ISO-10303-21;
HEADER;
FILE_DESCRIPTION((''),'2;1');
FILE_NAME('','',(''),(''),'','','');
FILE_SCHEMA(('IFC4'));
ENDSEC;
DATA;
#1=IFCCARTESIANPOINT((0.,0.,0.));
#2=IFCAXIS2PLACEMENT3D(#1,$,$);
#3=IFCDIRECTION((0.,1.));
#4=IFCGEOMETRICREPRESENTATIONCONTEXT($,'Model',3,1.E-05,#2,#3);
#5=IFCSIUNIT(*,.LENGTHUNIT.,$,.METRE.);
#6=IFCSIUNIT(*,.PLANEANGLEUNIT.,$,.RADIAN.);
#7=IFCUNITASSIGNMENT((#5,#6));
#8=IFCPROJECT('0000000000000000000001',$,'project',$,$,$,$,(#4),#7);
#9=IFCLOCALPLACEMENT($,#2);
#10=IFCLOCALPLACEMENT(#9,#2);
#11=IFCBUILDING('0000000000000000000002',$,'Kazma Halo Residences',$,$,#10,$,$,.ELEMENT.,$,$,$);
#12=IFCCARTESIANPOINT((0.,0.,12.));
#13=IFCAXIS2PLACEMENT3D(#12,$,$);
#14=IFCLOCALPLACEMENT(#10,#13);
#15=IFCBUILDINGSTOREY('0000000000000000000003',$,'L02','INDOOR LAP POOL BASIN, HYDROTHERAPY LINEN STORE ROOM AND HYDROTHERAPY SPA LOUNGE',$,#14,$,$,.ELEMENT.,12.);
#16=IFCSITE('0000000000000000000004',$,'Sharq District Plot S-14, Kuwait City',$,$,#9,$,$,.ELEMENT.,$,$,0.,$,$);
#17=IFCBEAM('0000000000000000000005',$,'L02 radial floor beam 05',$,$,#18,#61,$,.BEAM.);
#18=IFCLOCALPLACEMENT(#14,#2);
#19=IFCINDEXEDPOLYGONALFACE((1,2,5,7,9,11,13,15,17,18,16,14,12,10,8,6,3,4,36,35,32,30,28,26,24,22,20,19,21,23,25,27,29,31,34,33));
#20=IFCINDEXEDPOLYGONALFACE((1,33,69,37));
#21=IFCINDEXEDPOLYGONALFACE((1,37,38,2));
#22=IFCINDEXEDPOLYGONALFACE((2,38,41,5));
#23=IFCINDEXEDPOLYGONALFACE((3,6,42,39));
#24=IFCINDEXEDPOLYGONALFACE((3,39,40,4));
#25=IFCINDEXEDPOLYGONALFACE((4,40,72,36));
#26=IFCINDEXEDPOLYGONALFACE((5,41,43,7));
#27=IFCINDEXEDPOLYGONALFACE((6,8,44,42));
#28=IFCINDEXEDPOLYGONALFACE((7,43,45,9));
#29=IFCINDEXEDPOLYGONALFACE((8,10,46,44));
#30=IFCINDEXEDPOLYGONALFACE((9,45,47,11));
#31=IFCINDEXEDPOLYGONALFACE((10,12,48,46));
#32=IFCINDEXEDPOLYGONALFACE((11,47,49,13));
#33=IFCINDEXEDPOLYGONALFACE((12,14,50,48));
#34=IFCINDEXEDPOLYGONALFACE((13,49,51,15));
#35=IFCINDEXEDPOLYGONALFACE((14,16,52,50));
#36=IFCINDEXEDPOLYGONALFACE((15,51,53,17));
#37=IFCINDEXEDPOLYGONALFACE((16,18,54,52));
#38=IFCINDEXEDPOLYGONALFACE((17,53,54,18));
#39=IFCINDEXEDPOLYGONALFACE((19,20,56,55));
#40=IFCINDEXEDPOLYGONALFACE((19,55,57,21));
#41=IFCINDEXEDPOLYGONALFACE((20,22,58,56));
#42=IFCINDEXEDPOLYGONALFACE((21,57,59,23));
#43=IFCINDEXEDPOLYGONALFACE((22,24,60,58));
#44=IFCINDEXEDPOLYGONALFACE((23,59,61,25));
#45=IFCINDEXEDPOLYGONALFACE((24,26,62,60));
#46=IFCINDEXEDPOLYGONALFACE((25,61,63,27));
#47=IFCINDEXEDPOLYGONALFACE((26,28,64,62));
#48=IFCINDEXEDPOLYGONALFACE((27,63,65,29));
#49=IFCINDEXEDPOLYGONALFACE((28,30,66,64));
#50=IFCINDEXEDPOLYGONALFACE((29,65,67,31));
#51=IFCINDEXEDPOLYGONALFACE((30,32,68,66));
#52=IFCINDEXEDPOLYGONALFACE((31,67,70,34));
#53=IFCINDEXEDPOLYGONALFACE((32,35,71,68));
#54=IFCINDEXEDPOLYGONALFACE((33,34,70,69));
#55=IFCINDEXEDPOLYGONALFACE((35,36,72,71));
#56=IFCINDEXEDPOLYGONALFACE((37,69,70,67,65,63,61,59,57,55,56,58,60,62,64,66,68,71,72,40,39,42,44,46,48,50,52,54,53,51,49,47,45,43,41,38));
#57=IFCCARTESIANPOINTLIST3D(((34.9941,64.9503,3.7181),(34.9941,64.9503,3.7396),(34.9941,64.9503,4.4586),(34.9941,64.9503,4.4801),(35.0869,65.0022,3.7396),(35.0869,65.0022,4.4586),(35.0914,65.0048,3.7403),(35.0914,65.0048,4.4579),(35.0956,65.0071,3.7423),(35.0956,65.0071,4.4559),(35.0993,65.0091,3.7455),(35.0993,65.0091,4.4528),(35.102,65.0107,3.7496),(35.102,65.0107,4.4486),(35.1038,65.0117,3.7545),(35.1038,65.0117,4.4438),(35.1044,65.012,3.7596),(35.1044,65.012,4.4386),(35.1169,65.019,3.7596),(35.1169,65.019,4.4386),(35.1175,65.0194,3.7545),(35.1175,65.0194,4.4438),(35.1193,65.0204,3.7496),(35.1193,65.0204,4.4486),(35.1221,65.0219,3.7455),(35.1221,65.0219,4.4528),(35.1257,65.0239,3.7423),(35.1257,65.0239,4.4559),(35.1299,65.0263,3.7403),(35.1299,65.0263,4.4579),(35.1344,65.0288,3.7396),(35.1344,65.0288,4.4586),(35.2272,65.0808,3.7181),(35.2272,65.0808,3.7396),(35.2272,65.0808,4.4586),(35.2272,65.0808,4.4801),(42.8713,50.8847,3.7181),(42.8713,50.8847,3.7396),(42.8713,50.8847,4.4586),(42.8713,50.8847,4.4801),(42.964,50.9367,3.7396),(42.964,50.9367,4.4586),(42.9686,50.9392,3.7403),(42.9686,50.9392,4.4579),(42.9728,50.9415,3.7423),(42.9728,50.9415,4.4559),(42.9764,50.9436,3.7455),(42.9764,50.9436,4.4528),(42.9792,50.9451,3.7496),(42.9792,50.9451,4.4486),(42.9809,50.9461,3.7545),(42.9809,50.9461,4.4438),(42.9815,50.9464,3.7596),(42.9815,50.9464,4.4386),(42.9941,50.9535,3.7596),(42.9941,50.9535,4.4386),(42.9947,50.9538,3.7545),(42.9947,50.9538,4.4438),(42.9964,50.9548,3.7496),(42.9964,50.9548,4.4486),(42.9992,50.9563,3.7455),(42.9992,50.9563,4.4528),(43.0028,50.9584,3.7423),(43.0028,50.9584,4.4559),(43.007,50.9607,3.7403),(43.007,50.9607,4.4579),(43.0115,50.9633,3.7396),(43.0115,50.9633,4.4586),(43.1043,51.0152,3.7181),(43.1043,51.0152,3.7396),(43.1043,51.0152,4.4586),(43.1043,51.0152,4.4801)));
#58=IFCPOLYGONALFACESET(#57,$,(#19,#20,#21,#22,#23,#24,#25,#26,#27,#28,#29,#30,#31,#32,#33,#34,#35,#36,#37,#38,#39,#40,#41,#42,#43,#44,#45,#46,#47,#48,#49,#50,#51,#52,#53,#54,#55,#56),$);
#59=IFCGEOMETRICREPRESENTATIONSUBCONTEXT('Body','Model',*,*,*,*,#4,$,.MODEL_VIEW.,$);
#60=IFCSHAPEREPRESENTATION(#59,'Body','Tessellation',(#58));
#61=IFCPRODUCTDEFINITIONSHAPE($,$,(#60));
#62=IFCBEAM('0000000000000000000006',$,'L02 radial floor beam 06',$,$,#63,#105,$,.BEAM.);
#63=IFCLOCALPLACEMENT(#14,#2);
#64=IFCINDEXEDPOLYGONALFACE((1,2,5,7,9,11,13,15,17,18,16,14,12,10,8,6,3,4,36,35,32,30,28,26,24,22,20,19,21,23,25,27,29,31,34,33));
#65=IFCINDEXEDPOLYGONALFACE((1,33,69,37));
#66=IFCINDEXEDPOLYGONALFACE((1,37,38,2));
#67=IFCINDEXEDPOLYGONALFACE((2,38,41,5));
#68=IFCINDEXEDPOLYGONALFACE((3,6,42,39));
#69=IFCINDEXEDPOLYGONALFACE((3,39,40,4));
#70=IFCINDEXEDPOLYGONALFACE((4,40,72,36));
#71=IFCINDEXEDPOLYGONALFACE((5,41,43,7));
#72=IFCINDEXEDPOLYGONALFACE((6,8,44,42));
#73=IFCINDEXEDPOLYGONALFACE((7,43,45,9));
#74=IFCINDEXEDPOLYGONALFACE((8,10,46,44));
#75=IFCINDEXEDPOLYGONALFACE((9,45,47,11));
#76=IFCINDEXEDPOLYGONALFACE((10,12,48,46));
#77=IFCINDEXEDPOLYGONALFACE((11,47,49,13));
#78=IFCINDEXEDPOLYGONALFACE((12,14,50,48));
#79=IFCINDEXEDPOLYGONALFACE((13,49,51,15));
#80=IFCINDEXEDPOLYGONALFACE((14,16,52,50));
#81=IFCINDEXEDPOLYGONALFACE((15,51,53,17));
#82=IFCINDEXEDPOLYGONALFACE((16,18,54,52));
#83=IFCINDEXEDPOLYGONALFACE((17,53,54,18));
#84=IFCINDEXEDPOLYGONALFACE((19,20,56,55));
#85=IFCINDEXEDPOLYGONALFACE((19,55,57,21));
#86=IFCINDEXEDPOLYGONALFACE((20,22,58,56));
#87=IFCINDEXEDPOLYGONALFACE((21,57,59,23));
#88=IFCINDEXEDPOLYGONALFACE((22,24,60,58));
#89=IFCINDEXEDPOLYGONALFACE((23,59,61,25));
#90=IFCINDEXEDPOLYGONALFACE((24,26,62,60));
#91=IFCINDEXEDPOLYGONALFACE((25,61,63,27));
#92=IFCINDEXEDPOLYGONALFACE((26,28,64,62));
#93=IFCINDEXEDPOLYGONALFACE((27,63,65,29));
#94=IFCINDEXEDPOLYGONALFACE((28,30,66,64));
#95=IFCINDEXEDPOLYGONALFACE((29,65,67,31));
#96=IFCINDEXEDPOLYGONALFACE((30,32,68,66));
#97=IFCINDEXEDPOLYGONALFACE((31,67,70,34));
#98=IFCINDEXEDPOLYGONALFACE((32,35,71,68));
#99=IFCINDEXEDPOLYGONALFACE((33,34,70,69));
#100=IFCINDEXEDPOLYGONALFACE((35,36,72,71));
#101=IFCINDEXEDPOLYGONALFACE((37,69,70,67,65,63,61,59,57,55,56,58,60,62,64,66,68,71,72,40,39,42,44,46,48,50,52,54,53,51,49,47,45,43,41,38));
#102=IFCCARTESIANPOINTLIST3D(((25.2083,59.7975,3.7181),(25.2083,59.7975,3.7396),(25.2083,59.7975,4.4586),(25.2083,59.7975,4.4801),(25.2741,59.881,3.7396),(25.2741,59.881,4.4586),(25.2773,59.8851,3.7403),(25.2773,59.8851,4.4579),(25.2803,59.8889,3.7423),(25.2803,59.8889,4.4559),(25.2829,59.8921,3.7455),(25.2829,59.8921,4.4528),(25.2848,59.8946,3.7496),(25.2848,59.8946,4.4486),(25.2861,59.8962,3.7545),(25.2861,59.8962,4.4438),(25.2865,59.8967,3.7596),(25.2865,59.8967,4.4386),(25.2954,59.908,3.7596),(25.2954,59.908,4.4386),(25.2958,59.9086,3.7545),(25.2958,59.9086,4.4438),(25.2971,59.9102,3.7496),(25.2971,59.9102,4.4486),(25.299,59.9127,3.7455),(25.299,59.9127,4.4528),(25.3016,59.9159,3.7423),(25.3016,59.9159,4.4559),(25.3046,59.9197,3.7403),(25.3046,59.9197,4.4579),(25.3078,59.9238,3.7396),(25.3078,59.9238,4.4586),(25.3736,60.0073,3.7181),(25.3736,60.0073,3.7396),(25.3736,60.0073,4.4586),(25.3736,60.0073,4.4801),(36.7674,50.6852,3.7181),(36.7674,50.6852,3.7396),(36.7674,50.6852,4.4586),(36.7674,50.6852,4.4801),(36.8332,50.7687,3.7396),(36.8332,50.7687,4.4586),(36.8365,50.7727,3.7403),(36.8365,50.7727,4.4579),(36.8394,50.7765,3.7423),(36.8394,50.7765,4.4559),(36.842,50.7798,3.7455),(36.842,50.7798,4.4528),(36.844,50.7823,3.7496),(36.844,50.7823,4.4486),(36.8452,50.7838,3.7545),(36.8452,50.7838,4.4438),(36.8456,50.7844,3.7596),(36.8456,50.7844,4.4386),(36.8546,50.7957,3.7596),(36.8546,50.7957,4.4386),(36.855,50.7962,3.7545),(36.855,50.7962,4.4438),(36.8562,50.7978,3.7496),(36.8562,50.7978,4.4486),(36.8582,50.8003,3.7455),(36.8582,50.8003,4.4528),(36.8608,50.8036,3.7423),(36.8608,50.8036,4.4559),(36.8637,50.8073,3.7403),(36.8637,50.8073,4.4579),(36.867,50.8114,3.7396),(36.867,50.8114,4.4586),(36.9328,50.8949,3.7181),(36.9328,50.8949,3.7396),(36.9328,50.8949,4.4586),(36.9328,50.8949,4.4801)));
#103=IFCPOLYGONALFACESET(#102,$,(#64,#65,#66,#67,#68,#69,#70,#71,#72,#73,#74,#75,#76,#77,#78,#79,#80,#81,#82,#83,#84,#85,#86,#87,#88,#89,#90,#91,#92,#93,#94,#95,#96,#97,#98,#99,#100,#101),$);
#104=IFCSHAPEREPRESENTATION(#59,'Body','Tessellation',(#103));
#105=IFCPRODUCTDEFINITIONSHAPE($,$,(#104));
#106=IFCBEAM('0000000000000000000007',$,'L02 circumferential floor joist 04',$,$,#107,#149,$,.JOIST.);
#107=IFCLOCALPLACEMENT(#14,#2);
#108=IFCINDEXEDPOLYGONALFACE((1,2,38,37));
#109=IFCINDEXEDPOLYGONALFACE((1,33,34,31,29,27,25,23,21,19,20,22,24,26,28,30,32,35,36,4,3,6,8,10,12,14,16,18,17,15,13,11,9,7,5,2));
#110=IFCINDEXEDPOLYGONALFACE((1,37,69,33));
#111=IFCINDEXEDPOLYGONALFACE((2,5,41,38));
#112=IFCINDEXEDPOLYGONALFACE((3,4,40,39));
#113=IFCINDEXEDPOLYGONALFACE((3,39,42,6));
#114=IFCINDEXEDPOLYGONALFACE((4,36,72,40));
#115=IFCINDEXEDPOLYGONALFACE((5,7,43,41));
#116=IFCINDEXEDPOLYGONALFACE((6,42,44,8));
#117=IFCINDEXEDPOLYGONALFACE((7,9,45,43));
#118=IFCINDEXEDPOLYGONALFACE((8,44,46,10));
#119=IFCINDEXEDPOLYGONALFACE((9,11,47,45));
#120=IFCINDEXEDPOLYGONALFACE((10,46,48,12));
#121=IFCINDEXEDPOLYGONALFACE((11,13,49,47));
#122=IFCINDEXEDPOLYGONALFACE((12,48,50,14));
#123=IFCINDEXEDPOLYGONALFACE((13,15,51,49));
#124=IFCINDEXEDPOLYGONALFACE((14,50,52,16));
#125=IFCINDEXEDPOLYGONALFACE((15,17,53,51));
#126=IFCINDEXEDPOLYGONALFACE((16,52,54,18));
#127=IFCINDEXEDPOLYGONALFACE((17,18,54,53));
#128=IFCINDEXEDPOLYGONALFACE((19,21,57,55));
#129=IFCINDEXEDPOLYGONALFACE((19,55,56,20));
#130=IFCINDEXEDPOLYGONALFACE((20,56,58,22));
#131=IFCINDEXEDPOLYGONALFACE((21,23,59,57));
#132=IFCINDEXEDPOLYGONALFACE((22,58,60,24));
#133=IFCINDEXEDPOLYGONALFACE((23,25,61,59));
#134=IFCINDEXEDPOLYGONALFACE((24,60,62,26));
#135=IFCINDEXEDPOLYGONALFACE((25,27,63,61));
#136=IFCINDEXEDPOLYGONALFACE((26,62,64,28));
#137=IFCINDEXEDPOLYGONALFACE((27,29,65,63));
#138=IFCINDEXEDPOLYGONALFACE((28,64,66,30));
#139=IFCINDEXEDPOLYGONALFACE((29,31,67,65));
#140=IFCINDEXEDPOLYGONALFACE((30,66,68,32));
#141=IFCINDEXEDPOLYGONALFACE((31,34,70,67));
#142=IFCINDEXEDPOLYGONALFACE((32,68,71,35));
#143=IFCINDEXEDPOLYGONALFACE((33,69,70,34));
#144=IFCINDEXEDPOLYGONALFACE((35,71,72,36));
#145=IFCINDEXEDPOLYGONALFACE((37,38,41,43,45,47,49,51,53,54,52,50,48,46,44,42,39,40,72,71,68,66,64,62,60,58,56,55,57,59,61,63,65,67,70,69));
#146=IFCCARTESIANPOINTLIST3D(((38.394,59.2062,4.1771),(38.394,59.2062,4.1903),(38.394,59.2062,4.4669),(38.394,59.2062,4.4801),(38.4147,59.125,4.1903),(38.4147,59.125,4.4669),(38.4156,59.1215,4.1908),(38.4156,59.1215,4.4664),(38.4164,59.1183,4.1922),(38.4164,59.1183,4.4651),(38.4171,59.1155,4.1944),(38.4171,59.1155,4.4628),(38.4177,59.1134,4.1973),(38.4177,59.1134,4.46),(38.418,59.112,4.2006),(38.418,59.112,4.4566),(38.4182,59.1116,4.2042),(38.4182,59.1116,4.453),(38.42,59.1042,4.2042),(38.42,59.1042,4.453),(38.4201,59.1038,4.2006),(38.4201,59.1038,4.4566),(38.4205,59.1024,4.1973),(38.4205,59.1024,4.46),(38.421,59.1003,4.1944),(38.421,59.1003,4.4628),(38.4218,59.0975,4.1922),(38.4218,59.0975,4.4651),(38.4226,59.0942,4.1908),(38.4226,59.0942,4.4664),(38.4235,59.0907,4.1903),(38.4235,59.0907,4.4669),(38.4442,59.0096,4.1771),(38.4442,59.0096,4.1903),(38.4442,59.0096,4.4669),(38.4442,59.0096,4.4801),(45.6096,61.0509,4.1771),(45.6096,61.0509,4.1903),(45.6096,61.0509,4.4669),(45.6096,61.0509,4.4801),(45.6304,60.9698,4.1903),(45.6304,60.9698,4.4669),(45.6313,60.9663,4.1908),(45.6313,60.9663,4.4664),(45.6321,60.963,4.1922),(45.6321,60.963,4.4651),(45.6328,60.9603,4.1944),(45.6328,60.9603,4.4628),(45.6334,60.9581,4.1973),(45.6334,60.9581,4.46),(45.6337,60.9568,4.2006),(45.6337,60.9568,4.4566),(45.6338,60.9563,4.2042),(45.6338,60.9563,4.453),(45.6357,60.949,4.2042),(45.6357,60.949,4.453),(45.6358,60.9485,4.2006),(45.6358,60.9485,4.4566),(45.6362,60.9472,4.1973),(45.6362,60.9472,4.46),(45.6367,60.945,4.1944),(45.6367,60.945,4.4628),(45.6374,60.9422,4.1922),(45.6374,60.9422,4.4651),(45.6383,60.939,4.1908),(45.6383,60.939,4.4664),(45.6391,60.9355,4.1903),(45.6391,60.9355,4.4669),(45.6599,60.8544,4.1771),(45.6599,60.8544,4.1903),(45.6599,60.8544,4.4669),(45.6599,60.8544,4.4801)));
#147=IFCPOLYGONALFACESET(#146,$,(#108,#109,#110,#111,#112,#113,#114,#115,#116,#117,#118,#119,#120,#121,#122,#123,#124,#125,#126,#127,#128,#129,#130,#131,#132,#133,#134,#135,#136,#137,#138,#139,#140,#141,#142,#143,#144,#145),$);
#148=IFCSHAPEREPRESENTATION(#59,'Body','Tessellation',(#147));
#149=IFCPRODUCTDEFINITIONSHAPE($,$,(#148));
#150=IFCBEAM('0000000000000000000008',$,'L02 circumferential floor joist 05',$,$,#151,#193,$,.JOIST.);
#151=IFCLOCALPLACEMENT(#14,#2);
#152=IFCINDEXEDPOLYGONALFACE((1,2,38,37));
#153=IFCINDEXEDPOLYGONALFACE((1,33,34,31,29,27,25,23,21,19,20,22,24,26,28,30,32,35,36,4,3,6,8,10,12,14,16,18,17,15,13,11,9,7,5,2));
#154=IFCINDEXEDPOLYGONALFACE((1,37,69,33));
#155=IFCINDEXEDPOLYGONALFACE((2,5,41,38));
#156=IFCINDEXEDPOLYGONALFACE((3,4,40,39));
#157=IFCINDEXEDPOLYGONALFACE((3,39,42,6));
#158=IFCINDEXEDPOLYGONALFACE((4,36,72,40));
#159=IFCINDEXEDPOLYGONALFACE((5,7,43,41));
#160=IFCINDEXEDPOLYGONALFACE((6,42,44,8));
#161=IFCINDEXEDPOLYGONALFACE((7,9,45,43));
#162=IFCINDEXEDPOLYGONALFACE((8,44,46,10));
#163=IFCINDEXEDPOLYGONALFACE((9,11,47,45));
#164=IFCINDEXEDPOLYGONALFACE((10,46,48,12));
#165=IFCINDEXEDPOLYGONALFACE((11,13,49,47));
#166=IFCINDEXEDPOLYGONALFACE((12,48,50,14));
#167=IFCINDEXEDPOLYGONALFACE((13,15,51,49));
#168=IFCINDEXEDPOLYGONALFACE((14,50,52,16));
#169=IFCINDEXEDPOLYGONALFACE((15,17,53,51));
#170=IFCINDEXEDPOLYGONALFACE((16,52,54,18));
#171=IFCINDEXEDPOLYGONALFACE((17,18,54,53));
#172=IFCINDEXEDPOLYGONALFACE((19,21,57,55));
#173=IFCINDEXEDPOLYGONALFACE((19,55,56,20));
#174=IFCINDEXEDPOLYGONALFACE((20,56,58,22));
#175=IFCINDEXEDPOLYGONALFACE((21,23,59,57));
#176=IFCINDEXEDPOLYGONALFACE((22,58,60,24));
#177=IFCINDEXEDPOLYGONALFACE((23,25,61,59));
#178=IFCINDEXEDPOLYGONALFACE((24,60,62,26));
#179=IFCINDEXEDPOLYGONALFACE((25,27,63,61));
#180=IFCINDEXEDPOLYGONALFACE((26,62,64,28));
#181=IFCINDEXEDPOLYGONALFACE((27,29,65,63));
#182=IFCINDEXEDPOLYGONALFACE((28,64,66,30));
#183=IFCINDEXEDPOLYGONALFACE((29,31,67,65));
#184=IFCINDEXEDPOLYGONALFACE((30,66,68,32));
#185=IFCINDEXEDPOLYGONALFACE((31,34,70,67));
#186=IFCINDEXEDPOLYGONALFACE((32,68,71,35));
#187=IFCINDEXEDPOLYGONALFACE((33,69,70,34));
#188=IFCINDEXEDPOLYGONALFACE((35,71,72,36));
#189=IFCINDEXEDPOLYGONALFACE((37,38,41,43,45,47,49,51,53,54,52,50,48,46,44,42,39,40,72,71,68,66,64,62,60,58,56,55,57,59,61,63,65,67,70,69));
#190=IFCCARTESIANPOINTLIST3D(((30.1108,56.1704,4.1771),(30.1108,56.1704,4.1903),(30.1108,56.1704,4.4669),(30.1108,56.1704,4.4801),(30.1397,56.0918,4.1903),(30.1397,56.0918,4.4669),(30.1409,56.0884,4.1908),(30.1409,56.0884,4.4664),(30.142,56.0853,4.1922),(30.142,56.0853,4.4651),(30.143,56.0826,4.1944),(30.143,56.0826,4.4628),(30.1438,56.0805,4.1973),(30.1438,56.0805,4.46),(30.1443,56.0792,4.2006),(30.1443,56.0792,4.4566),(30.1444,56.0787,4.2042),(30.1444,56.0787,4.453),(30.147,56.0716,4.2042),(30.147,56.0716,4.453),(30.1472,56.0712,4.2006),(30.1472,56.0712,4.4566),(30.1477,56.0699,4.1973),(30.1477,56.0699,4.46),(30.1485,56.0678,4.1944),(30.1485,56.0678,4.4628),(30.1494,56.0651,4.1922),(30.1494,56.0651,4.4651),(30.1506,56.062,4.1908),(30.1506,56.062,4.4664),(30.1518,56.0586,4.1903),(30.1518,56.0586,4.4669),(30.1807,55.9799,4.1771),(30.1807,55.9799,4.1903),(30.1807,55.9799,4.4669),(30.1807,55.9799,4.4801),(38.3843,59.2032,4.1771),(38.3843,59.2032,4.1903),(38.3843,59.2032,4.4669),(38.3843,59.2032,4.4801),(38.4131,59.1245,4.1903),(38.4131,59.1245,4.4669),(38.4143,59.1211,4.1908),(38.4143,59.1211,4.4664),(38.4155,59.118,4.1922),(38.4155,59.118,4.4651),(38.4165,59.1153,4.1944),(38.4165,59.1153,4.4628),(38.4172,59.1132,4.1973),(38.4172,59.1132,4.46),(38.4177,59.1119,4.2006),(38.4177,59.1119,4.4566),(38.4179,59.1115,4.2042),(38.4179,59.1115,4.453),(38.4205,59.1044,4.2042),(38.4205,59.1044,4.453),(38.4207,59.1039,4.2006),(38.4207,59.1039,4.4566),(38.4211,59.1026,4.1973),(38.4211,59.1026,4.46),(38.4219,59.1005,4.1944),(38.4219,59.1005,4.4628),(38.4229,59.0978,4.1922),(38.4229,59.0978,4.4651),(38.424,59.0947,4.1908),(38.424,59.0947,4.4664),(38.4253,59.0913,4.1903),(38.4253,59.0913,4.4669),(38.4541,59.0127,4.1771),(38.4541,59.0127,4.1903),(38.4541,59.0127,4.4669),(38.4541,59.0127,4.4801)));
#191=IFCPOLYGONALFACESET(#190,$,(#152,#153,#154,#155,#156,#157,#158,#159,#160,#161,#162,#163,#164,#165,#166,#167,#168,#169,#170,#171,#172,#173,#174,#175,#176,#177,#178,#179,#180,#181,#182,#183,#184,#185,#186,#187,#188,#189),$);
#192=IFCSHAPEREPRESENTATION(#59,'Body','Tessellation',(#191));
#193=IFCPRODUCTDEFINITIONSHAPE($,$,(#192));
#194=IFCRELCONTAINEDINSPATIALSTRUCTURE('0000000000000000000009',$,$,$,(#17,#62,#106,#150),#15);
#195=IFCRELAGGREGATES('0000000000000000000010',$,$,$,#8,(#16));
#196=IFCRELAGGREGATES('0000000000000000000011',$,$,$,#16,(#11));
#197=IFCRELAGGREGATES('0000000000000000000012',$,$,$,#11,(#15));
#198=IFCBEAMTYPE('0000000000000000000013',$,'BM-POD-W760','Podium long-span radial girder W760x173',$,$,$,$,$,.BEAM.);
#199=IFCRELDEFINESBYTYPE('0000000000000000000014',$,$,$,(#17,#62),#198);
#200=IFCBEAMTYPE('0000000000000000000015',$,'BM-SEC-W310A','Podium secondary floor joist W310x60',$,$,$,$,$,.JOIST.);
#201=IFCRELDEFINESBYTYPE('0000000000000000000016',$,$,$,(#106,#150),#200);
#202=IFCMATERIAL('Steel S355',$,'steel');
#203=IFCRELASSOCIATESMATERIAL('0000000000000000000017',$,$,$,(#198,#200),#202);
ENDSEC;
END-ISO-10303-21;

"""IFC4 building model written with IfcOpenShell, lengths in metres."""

from ifc_helpers import new_model, si_unit, direction, frame, origin, origin_2d, place, context, subcontext, project, spatial, i_section, extrude, material, material_profile, profile_set, type_object, element, save


model = new_model("IFC4")

# Units and contexts
model_context = context("Model", 3, precision=1e-05, world=origin(), true_north=direction((0.0, 1.0)))
body_context = subcontext(model_context, "Body", "Model", "MODEL_VIEW")
ifc_project = project(units=[si_unit("LENGTHUNIT", "METRE"), si_unit("PLANEANGLEUNIT", "RADIAN")], contexts=[model_context])

# Site, building, storey
site_placement = place(None, origin())
site = spatial("IfcSite", under=ifc_project, at=site_placement, Name="Sharq District Plot S-14, Kuwait City", CompositionType="ELEMENT", RefElevation=0.0)
building_placement = place(site_placement, origin())
building = spatial("IfcBuilding", under=site, at=building_placement, Name="Kazma Halo Residences", CompositionType="ELEMENT")
storey_placement = place(building_placement, frame((0.0, 0.0, 12.0)))
storey = spatial("IfcBuildingStorey", under=building, at=storey_placement, Name="L02", Description="INDOOR LAP POOL BASIN, HYDROTHERAPY LINEN STORE ROOM AND HYDROTHERAPY SPA LOUNGE", CompositionType="ELEMENT", Elevation=12.0)

# Beams
ifc_material_1 = material(Name="Steel S355", Category="steel")
ifc_material_profile_1 = material_profile(ifc_material_1, i_section(OverallWidth=0.2671, OverallDepth=0.762, WebThickness=0.0144, FlangeThickness=0.0215, FilletRadius=0.02, at=origin_2d()), Name="W760x173")
ifc_profile_set_1 = profile_set([ifc_material_profile_1], Name="Steel S355")
beam_type_1 = type_object("IfcBeamType", Name="BM-POD-W760", Description="Podium long-span radial girder W760x173", PredefinedType="BEAM", material=ifc_profile_set_1)
beam_1_placement = place(storey_placement, frame((42.9878, 50.95, 4.0991), z_axis=(-0.488623, 0.872495, 0.0), x_axis=(-0.872495, -0.488623, 0.0)))
element("IfcBeam", 1, at=beam_1_placement, inside=storey, type_object=beam_type_1, Name="L02 radial floor beam 05", PredefinedType="BEAM", context=body_context, shape_type="SweptSolid", body=[
    extrude(i_section(OverallWidth=0.2671, OverallDepth=0.762, WebThickness=0.0144, FlangeThickness=0.0215, FilletRadius=0.02, at=origin_2d()), origin(), (0.0, 0.0, 1.0), 16.1211),
])
beam_2_placement = place(storey_placement, frame((36.8501, 50.79, 4.0991), z_axis=(-0.785322, 0.619088, 0.0), x_axis=(-0.619088, -0.785322, 0.0)))
element("IfcBeam", 2, at=beam_2_placement, inside=storey, type_object=beam_type_1, Name="L02 radial floor beam 06", PredefinedType="BEAM", context=body_context, shape_type="SweptSolid", body=[
    extrude(i_section(OverallWidth=0.2671, OverallDepth=0.762, WebThickness=0.0144, FlangeThickness=0.0215, FilletRadius=0.02, at=origin_2d()), origin(), (0.0, 0.0, 1.0), 14.719),
])
ifc_material_profile_2 = material_profile(ifc_material_1, i_section(OverallWidth=0.2029, OverallDepth=0.303, WebThickness=0.0076, FlangeThickness=0.0132, FilletRadius=0.0139, at=origin_2d()), Name="W310x60")
ifc_profile_set_2 = profile_set([ifc_material_profile_2], Name="Steel S355")
beam_type_2 = type_object("IfcBeamType", Name="BM-SEC-W310A", Description="Podium secondary floor joist W310x60", PredefinedType="JOIST", material=ifc_profile_set_2)
beam_3_placement = place(storey_placement, frame((45.6348, 60.9526, 4.3286), z_axis=(-0.968839, -0.247692, 0.0), x_axis=(0.247692, -0.968839, 0.0)))
element("IfcBeam", 3, at=beam_3_placement, inside=storey, type_object=beam_type_2, Name="L02 circumferential floor joist 04", PredefinedType="JOIST", context=body_context, shape_type="SweptSolid", body=[
    extrude(i_section(OverallWidth=0.2029, OverallDepth=0.303, WebThickness=0.0076, FlangeThickness=0.0132, FilletRadius=0.0139, at=origin_2d()), origin(), (0.0, 0.0, 1.0), 7.4478),
])
beam_4_placement = place(storey_placement, frame((38.4192, 59.1079, 4.3286), z_axis=(-0.938909, -0.344167, 0.0), x_axis=(0.344167, -0.938909, 0.0)))
element("IfcBeam", 4, at=beam_4_placement, inside=storey, type_object=beam_type_2, Name="L02 circumferential floor joist 05", PredefinedType="JOIST", context=body_context, shape_type="SweptSolid", body=[
    extrude(i_section(OverallWidth=0.2029, OverallDepth=0.303, WebThickness=0.0076, FlangeThickness=0.0132, FilletRadius=0.0139, at=origin_2d()), origin(), (0.0, 0.0, 1.0), 8.8118),
])

save(model, "model.ifc")
